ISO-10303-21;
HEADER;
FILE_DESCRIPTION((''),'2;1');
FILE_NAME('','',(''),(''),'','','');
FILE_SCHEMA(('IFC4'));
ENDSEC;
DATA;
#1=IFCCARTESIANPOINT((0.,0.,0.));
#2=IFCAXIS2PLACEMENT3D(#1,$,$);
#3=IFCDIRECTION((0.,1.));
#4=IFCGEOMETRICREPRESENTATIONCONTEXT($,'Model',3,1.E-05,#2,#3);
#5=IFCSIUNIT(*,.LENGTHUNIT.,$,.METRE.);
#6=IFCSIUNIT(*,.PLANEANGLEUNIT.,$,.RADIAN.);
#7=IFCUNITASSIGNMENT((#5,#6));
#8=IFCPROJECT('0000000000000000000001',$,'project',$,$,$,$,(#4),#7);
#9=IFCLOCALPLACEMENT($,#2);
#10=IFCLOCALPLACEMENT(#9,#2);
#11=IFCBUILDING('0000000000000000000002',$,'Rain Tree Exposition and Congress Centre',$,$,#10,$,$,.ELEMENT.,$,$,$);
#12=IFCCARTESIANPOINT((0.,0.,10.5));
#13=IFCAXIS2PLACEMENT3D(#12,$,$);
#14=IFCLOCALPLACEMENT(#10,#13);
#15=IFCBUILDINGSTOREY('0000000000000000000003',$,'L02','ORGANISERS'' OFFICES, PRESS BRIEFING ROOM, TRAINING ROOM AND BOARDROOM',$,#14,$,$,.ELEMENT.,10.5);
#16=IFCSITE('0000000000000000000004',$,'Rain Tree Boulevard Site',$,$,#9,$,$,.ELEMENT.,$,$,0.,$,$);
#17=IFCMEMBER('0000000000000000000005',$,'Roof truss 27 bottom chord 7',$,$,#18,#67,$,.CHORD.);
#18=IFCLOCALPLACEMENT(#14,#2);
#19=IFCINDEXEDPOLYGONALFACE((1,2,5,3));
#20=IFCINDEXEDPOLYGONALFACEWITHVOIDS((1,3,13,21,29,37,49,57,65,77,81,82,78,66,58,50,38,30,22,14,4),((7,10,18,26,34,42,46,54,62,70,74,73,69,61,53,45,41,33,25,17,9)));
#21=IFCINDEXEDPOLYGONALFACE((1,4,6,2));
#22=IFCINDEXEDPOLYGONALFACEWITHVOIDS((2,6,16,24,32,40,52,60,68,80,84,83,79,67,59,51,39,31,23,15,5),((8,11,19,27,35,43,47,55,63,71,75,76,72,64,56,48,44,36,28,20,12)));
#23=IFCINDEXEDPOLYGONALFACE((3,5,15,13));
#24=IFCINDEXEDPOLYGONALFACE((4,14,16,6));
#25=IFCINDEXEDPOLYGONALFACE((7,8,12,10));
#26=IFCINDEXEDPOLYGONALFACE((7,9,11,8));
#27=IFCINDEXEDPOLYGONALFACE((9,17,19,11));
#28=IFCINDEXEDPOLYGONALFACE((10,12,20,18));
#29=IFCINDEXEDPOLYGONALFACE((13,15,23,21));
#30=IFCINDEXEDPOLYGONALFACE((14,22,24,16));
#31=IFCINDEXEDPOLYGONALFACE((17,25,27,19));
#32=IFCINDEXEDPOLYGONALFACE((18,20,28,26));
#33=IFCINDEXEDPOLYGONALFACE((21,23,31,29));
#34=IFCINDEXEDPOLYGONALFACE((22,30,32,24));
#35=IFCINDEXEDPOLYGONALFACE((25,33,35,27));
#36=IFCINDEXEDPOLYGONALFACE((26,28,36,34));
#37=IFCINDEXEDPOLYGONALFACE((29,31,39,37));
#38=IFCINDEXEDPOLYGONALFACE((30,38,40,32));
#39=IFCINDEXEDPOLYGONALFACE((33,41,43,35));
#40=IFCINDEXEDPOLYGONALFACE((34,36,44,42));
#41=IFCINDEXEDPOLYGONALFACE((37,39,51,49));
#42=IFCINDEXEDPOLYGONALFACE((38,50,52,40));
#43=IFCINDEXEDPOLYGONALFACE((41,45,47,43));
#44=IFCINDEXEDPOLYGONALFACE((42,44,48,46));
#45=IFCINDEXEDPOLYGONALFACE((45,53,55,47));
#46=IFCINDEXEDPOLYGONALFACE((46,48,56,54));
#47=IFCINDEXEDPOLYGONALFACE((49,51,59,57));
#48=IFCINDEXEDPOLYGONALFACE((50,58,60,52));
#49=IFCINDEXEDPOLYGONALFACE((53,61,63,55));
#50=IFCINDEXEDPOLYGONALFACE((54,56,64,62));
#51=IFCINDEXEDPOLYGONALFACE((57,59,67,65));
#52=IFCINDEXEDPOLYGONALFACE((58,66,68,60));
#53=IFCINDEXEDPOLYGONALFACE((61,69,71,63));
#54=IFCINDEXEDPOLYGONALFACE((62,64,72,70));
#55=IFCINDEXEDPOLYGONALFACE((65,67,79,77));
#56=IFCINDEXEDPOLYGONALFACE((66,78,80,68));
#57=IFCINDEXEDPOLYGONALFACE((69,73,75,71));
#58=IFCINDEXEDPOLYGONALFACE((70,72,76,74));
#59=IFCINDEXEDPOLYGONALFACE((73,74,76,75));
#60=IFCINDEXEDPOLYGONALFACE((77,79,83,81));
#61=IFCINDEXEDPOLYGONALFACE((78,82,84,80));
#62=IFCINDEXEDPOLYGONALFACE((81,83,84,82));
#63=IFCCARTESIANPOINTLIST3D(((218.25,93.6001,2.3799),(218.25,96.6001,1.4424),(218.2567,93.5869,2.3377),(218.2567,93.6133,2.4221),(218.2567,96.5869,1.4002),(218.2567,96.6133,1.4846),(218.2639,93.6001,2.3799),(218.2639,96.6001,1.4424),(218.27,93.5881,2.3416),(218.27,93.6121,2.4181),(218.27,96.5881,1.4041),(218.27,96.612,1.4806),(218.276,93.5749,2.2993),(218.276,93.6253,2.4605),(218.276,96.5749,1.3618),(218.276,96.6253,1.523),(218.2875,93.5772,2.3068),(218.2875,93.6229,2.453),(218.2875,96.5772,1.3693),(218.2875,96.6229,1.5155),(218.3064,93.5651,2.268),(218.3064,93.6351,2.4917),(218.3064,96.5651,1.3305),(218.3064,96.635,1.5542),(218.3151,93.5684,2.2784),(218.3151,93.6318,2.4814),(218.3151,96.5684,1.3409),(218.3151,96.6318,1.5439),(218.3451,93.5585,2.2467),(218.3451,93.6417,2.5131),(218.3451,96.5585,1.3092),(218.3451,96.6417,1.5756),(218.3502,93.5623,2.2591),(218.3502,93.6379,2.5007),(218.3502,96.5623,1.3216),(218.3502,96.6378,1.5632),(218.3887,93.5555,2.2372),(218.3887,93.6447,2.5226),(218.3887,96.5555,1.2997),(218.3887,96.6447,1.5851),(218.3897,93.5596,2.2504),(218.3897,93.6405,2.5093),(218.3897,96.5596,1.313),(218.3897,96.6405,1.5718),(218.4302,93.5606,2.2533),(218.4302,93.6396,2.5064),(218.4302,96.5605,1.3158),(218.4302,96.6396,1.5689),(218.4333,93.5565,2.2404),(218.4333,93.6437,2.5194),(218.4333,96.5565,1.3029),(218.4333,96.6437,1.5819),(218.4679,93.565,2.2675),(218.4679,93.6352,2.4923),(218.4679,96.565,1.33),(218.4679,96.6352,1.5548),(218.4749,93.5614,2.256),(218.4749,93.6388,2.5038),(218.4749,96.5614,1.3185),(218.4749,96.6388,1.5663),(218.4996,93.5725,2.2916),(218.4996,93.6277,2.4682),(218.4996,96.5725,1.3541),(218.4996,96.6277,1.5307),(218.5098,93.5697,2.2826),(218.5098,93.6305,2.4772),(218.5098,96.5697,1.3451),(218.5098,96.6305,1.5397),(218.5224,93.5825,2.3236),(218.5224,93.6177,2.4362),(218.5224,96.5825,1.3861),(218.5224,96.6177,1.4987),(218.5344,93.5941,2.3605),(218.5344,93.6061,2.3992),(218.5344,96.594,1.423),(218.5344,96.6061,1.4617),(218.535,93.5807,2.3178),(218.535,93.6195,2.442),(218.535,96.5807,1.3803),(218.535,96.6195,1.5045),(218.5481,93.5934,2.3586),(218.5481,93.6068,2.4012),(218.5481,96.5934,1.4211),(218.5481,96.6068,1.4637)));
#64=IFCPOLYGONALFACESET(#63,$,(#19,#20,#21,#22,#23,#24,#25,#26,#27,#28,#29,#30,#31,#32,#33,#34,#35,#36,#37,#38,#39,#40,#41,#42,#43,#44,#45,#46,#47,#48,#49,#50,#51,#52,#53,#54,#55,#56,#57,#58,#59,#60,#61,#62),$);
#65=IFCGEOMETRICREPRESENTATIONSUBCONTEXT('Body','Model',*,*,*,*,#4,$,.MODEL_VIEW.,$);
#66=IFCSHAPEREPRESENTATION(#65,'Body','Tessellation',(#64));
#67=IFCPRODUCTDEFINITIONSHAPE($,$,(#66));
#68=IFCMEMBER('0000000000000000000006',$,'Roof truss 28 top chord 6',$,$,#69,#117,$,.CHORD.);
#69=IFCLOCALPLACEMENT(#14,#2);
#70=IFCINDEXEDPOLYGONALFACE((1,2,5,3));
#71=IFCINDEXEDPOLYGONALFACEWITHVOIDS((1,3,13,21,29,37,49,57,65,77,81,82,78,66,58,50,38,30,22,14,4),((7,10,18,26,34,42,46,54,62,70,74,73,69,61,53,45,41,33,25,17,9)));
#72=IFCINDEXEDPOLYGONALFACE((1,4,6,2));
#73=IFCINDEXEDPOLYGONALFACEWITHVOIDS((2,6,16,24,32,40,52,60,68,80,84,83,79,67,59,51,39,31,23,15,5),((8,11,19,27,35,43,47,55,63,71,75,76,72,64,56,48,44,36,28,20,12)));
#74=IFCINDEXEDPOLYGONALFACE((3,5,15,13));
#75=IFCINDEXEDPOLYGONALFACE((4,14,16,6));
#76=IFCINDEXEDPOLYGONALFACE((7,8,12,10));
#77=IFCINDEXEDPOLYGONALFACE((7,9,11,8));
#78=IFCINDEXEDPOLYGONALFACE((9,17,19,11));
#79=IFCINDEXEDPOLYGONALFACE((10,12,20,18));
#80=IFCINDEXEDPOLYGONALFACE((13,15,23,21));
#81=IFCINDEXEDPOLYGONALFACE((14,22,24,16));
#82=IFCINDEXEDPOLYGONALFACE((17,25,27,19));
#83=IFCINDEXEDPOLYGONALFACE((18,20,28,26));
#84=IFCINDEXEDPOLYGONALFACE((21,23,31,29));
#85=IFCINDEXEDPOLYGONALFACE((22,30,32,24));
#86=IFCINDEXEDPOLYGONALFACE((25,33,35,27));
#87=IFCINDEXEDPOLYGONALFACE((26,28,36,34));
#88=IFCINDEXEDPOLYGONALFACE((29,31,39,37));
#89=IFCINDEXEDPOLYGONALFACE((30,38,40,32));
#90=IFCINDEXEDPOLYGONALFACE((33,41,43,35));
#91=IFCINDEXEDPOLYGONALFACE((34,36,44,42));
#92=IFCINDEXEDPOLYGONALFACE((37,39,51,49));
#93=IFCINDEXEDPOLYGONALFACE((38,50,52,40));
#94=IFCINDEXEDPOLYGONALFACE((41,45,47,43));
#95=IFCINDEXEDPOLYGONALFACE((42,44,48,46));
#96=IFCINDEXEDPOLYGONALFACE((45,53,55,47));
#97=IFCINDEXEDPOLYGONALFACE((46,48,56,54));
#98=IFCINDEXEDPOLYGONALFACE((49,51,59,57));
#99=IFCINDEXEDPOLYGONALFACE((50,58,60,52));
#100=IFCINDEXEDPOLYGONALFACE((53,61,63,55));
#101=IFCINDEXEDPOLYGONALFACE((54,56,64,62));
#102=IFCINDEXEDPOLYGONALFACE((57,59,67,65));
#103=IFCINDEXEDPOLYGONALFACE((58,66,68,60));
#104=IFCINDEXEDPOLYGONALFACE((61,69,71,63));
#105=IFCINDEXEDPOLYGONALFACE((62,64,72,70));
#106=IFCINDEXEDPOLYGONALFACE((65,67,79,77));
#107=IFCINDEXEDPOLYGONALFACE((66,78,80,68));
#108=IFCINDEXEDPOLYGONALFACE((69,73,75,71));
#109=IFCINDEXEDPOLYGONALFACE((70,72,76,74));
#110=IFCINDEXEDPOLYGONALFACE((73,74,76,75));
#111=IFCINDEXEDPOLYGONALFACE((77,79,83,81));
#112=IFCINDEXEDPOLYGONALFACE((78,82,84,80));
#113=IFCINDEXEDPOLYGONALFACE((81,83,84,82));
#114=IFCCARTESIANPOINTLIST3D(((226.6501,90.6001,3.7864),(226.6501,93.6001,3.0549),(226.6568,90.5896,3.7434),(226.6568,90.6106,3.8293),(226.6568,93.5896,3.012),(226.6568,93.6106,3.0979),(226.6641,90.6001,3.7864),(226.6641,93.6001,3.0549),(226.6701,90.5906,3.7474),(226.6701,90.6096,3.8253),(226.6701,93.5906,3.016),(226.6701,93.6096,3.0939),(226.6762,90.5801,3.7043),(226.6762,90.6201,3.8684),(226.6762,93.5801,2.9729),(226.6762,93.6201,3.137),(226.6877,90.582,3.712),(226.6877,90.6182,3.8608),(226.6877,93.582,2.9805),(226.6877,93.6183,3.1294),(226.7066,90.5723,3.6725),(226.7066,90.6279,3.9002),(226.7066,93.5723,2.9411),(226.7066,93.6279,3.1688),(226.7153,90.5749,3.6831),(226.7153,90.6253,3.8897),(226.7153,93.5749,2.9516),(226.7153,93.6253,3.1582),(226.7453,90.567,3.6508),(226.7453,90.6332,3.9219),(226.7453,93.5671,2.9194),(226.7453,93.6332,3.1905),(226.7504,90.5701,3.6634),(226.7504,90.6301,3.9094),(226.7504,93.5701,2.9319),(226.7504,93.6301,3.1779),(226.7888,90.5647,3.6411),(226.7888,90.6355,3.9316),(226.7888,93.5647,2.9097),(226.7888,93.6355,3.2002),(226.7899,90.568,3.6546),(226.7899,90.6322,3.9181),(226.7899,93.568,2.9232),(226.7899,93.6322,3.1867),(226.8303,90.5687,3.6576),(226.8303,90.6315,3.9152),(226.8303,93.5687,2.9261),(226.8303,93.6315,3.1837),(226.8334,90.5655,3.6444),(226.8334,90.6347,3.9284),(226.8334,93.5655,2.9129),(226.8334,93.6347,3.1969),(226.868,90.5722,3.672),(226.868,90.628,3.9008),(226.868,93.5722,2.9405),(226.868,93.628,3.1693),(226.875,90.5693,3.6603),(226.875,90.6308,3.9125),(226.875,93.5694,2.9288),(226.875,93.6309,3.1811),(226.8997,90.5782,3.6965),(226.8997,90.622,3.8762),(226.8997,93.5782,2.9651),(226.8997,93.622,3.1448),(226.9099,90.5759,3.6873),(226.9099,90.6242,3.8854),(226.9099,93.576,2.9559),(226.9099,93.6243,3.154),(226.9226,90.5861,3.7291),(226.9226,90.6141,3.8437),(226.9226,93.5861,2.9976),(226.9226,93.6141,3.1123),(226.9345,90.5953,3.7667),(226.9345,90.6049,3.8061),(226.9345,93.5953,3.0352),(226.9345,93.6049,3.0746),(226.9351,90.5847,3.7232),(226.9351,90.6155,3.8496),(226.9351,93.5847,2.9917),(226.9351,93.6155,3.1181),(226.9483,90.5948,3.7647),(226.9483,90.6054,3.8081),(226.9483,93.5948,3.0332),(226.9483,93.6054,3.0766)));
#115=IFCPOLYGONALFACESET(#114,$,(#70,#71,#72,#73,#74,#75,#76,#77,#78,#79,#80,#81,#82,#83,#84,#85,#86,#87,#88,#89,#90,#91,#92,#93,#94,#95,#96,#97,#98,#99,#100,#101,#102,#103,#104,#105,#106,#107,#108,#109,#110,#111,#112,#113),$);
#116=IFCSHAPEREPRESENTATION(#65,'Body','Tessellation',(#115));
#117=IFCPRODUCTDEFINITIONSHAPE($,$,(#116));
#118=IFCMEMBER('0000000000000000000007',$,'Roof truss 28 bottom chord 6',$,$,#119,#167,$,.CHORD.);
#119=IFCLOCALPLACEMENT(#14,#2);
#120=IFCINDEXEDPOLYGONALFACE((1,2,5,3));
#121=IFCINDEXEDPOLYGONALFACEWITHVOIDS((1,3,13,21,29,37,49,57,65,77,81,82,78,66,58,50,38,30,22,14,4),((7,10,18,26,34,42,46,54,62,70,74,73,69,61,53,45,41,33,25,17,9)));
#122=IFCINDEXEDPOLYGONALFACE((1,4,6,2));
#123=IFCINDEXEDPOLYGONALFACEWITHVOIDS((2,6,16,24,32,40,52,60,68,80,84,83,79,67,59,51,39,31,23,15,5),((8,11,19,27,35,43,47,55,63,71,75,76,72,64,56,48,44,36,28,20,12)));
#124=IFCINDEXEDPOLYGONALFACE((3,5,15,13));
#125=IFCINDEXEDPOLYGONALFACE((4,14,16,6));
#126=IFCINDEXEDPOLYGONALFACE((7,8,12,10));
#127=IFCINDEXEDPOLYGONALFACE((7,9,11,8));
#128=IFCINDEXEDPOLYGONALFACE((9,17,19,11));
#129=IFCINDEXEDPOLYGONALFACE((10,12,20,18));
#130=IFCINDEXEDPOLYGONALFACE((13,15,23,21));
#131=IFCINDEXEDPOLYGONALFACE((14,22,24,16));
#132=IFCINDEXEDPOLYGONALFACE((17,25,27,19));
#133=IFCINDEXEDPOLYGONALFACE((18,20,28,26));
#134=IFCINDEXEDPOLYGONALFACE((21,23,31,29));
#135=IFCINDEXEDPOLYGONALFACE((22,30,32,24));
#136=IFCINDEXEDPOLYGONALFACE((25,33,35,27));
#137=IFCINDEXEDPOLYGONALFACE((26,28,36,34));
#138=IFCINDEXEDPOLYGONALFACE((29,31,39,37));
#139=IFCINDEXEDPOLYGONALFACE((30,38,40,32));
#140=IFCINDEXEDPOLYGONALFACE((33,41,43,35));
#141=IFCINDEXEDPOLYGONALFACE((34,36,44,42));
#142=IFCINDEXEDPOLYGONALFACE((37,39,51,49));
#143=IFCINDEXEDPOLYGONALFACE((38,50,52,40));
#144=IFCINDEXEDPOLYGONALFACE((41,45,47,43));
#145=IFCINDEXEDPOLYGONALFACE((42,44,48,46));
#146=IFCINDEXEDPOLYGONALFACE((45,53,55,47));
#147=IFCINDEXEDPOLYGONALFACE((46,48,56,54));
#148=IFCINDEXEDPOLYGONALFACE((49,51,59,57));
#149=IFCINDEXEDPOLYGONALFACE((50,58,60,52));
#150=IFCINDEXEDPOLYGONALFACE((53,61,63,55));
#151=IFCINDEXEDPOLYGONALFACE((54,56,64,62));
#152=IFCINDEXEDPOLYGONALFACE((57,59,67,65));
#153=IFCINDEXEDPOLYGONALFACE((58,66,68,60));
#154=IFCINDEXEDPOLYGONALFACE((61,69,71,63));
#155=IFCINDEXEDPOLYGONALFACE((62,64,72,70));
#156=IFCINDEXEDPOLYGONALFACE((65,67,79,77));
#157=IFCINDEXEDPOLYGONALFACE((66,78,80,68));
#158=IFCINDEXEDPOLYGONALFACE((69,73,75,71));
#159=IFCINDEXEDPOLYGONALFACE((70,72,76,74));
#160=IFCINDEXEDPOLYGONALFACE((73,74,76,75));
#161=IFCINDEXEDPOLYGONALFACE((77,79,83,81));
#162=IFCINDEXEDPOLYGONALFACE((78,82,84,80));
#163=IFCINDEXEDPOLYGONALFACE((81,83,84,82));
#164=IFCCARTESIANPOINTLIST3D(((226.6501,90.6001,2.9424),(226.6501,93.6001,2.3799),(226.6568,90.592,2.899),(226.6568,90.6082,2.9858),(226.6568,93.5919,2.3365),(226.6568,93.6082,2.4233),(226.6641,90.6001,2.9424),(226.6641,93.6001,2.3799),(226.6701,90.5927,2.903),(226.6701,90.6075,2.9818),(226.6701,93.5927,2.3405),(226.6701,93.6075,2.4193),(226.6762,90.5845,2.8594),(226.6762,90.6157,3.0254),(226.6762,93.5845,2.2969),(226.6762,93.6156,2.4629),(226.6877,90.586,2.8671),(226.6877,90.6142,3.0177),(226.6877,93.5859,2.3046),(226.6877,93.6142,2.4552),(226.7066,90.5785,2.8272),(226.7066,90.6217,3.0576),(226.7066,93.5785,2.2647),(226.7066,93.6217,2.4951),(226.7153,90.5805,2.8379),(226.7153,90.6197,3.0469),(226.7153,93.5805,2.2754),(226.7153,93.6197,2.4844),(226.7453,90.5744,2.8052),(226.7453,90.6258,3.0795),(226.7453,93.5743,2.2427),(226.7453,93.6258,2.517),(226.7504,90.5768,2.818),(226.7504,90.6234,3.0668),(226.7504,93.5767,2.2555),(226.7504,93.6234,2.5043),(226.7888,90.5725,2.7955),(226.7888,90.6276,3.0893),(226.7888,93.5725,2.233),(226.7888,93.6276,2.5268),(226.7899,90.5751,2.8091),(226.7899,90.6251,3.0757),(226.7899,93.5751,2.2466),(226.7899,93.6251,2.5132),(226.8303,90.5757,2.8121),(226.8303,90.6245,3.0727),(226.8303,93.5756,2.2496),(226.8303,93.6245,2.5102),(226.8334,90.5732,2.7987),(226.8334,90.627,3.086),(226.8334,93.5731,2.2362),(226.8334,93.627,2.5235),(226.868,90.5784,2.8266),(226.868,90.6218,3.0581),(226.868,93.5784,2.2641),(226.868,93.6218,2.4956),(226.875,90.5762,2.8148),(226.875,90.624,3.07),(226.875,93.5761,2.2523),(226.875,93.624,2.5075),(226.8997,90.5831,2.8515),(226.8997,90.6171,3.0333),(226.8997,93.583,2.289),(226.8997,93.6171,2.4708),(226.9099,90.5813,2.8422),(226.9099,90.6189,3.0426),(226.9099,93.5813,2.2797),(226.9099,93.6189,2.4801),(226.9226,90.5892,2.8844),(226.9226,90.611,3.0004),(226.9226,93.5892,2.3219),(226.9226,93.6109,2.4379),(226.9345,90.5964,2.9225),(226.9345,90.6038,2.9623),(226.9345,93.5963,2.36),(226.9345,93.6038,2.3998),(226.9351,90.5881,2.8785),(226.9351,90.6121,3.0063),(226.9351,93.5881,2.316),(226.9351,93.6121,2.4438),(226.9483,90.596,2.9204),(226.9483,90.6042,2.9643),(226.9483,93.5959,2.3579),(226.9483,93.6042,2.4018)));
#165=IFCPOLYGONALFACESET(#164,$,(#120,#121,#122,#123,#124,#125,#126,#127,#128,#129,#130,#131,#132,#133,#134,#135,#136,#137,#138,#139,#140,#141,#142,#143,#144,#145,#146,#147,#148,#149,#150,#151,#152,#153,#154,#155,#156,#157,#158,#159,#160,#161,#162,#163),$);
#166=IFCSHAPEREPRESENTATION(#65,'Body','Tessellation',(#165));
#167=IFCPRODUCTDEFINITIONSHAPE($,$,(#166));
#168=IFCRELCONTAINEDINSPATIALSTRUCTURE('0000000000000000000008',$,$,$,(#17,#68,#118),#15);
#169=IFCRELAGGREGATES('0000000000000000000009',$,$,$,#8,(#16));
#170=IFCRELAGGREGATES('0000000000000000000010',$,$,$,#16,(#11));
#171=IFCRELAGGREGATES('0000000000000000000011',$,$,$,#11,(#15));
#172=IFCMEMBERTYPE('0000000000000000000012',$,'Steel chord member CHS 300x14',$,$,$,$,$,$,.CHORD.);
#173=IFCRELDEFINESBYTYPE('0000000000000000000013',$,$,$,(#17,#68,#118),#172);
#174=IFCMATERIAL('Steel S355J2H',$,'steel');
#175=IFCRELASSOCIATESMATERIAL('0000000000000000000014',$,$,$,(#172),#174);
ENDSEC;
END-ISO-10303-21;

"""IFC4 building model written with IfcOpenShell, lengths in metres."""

from ifc_helpers import new_model, si_unit, direction, frame, origin, origin_2d, place, context, subcontext, project, spatial, hollow_circle, extrude, material, material_profile, profile_set, type_object, element, save


model = new_model("IFC4")

# Units and contexts
model_context = context("Model", 3, precision=1e-05, world=origin(), true_north=direction((0.0, 1.0)))
body_context = subcontext(model_context, "Body", "Model", "MODEL_VIEW")
ifc_project = project(units=[si_unit("LENGTHUNIT", "METRE"), si_unit("PLANEANGLEUNIT", "RADIAN")], contexts=[model_context])

# Site, building, storey
site_placement = place(None, origin())
site = spatial("IfcSite", under=ifc_project, at=site_placement, Name="Rain Tree Boulevard Site", CompositionType="ELEMENT", RefElevation=0.0)
building_placement = place(site_placement, origin())
building = spatial("IfcBuilding", under=site, at=building_placement, Name="Rain Tree Exposition and Congress Centre", CompositionType="ELEMENT")
storey_placement = place(building_placement, frame((0.0, 0.0, 10.5)))
storey = spatial("IfcBuildingStorey", under=building, at=storey_placement, Name="L02", Description="ORGANISERS' OFFICES, PRESS BRIEFING ROOM, TRAINING ROOM AND BOARDROOM", CompositionType="ELEMENT", Elevation=10.5)

# Members
ifc_material_1 = material(Name="Steel S355J2H", Category="steel")
ifc_material_profile_1 = material_profile(ifc_material_1, hollow_circle(Radius=0.1499, WallThickness=0.0139, at=origin_2d()), Name="CHS 300x14")
ifc_profile_set_1 = profile_set([ifc_material_profile_1], Name="Steel S355J2H")
member_type_1 = type_object("IfcMemberType", Name="Steel chord member CHS 300x14", PredefinedType="CHORD", material=ifc_profile_set_1)
member_1_placement = place(storey_placement, frame((218.3999, 93.6001, 2.3799), z_axis=(0.0, 0.95448, -0.298275), x_axis=(-1.0, 0.0, 0.0)))
element("IfcMember", 1, at=member_1_placement, inside=storey, type_object=member_type_1, Name="Roof truss 27 bottom chord 7", PredefinedType="CHORD", context=body_context, shape_type="SweptSolid", body=[
    extrude(hollow_circle(Radius=0.1499, WallThickness=0.0139, at=origin_2d()), origin(), (0.0, 0.0, 1.0), 3.1431),
])
member_2_placement = place(storey_placement, frame((226.8, 90.6001, 3.7864), z_axis=(0.0, 0.97154, -0.236876), x_axis=(-1.0, 0.0, 0.0)))
element("IfcMember", 2, at=member_2_placement, inside=storey, type_object=member_type_1, Name="Roof truss 28 top chord 6", PredefinedType="CHORD", context=body_context, shape_type="SweptSolid", body=[
    extrude(hollow_circle(Radius=0.1499, WallThickness=0.0139, at=origin_2d()), origin(), (0.0, 0.0, 1.0), 3.0879),
])
member_3_placement = place(storey_placement, frame((226.8, 90.6001, 2.9424), z_axis=(0.0, 0.982872, -0.184289), x_axis=(-1.0, 0.0, 0.0)))
element("IfcMember", 3, at=member_3_placement, inside=storey, type_object=member_type_1, Name="Roof truss 28 bottom chord 6", PredefinedType="CHORD", context=body_context, shape_type="SweptSolid", body=[
    extrude(hollow_circle(Radius=0.1499, WallThickness=0.0139, at=origin_2d()), origin(), (0.0, 0.0, 1.0), 3.0522),
])

save(model, "model.ifc")
